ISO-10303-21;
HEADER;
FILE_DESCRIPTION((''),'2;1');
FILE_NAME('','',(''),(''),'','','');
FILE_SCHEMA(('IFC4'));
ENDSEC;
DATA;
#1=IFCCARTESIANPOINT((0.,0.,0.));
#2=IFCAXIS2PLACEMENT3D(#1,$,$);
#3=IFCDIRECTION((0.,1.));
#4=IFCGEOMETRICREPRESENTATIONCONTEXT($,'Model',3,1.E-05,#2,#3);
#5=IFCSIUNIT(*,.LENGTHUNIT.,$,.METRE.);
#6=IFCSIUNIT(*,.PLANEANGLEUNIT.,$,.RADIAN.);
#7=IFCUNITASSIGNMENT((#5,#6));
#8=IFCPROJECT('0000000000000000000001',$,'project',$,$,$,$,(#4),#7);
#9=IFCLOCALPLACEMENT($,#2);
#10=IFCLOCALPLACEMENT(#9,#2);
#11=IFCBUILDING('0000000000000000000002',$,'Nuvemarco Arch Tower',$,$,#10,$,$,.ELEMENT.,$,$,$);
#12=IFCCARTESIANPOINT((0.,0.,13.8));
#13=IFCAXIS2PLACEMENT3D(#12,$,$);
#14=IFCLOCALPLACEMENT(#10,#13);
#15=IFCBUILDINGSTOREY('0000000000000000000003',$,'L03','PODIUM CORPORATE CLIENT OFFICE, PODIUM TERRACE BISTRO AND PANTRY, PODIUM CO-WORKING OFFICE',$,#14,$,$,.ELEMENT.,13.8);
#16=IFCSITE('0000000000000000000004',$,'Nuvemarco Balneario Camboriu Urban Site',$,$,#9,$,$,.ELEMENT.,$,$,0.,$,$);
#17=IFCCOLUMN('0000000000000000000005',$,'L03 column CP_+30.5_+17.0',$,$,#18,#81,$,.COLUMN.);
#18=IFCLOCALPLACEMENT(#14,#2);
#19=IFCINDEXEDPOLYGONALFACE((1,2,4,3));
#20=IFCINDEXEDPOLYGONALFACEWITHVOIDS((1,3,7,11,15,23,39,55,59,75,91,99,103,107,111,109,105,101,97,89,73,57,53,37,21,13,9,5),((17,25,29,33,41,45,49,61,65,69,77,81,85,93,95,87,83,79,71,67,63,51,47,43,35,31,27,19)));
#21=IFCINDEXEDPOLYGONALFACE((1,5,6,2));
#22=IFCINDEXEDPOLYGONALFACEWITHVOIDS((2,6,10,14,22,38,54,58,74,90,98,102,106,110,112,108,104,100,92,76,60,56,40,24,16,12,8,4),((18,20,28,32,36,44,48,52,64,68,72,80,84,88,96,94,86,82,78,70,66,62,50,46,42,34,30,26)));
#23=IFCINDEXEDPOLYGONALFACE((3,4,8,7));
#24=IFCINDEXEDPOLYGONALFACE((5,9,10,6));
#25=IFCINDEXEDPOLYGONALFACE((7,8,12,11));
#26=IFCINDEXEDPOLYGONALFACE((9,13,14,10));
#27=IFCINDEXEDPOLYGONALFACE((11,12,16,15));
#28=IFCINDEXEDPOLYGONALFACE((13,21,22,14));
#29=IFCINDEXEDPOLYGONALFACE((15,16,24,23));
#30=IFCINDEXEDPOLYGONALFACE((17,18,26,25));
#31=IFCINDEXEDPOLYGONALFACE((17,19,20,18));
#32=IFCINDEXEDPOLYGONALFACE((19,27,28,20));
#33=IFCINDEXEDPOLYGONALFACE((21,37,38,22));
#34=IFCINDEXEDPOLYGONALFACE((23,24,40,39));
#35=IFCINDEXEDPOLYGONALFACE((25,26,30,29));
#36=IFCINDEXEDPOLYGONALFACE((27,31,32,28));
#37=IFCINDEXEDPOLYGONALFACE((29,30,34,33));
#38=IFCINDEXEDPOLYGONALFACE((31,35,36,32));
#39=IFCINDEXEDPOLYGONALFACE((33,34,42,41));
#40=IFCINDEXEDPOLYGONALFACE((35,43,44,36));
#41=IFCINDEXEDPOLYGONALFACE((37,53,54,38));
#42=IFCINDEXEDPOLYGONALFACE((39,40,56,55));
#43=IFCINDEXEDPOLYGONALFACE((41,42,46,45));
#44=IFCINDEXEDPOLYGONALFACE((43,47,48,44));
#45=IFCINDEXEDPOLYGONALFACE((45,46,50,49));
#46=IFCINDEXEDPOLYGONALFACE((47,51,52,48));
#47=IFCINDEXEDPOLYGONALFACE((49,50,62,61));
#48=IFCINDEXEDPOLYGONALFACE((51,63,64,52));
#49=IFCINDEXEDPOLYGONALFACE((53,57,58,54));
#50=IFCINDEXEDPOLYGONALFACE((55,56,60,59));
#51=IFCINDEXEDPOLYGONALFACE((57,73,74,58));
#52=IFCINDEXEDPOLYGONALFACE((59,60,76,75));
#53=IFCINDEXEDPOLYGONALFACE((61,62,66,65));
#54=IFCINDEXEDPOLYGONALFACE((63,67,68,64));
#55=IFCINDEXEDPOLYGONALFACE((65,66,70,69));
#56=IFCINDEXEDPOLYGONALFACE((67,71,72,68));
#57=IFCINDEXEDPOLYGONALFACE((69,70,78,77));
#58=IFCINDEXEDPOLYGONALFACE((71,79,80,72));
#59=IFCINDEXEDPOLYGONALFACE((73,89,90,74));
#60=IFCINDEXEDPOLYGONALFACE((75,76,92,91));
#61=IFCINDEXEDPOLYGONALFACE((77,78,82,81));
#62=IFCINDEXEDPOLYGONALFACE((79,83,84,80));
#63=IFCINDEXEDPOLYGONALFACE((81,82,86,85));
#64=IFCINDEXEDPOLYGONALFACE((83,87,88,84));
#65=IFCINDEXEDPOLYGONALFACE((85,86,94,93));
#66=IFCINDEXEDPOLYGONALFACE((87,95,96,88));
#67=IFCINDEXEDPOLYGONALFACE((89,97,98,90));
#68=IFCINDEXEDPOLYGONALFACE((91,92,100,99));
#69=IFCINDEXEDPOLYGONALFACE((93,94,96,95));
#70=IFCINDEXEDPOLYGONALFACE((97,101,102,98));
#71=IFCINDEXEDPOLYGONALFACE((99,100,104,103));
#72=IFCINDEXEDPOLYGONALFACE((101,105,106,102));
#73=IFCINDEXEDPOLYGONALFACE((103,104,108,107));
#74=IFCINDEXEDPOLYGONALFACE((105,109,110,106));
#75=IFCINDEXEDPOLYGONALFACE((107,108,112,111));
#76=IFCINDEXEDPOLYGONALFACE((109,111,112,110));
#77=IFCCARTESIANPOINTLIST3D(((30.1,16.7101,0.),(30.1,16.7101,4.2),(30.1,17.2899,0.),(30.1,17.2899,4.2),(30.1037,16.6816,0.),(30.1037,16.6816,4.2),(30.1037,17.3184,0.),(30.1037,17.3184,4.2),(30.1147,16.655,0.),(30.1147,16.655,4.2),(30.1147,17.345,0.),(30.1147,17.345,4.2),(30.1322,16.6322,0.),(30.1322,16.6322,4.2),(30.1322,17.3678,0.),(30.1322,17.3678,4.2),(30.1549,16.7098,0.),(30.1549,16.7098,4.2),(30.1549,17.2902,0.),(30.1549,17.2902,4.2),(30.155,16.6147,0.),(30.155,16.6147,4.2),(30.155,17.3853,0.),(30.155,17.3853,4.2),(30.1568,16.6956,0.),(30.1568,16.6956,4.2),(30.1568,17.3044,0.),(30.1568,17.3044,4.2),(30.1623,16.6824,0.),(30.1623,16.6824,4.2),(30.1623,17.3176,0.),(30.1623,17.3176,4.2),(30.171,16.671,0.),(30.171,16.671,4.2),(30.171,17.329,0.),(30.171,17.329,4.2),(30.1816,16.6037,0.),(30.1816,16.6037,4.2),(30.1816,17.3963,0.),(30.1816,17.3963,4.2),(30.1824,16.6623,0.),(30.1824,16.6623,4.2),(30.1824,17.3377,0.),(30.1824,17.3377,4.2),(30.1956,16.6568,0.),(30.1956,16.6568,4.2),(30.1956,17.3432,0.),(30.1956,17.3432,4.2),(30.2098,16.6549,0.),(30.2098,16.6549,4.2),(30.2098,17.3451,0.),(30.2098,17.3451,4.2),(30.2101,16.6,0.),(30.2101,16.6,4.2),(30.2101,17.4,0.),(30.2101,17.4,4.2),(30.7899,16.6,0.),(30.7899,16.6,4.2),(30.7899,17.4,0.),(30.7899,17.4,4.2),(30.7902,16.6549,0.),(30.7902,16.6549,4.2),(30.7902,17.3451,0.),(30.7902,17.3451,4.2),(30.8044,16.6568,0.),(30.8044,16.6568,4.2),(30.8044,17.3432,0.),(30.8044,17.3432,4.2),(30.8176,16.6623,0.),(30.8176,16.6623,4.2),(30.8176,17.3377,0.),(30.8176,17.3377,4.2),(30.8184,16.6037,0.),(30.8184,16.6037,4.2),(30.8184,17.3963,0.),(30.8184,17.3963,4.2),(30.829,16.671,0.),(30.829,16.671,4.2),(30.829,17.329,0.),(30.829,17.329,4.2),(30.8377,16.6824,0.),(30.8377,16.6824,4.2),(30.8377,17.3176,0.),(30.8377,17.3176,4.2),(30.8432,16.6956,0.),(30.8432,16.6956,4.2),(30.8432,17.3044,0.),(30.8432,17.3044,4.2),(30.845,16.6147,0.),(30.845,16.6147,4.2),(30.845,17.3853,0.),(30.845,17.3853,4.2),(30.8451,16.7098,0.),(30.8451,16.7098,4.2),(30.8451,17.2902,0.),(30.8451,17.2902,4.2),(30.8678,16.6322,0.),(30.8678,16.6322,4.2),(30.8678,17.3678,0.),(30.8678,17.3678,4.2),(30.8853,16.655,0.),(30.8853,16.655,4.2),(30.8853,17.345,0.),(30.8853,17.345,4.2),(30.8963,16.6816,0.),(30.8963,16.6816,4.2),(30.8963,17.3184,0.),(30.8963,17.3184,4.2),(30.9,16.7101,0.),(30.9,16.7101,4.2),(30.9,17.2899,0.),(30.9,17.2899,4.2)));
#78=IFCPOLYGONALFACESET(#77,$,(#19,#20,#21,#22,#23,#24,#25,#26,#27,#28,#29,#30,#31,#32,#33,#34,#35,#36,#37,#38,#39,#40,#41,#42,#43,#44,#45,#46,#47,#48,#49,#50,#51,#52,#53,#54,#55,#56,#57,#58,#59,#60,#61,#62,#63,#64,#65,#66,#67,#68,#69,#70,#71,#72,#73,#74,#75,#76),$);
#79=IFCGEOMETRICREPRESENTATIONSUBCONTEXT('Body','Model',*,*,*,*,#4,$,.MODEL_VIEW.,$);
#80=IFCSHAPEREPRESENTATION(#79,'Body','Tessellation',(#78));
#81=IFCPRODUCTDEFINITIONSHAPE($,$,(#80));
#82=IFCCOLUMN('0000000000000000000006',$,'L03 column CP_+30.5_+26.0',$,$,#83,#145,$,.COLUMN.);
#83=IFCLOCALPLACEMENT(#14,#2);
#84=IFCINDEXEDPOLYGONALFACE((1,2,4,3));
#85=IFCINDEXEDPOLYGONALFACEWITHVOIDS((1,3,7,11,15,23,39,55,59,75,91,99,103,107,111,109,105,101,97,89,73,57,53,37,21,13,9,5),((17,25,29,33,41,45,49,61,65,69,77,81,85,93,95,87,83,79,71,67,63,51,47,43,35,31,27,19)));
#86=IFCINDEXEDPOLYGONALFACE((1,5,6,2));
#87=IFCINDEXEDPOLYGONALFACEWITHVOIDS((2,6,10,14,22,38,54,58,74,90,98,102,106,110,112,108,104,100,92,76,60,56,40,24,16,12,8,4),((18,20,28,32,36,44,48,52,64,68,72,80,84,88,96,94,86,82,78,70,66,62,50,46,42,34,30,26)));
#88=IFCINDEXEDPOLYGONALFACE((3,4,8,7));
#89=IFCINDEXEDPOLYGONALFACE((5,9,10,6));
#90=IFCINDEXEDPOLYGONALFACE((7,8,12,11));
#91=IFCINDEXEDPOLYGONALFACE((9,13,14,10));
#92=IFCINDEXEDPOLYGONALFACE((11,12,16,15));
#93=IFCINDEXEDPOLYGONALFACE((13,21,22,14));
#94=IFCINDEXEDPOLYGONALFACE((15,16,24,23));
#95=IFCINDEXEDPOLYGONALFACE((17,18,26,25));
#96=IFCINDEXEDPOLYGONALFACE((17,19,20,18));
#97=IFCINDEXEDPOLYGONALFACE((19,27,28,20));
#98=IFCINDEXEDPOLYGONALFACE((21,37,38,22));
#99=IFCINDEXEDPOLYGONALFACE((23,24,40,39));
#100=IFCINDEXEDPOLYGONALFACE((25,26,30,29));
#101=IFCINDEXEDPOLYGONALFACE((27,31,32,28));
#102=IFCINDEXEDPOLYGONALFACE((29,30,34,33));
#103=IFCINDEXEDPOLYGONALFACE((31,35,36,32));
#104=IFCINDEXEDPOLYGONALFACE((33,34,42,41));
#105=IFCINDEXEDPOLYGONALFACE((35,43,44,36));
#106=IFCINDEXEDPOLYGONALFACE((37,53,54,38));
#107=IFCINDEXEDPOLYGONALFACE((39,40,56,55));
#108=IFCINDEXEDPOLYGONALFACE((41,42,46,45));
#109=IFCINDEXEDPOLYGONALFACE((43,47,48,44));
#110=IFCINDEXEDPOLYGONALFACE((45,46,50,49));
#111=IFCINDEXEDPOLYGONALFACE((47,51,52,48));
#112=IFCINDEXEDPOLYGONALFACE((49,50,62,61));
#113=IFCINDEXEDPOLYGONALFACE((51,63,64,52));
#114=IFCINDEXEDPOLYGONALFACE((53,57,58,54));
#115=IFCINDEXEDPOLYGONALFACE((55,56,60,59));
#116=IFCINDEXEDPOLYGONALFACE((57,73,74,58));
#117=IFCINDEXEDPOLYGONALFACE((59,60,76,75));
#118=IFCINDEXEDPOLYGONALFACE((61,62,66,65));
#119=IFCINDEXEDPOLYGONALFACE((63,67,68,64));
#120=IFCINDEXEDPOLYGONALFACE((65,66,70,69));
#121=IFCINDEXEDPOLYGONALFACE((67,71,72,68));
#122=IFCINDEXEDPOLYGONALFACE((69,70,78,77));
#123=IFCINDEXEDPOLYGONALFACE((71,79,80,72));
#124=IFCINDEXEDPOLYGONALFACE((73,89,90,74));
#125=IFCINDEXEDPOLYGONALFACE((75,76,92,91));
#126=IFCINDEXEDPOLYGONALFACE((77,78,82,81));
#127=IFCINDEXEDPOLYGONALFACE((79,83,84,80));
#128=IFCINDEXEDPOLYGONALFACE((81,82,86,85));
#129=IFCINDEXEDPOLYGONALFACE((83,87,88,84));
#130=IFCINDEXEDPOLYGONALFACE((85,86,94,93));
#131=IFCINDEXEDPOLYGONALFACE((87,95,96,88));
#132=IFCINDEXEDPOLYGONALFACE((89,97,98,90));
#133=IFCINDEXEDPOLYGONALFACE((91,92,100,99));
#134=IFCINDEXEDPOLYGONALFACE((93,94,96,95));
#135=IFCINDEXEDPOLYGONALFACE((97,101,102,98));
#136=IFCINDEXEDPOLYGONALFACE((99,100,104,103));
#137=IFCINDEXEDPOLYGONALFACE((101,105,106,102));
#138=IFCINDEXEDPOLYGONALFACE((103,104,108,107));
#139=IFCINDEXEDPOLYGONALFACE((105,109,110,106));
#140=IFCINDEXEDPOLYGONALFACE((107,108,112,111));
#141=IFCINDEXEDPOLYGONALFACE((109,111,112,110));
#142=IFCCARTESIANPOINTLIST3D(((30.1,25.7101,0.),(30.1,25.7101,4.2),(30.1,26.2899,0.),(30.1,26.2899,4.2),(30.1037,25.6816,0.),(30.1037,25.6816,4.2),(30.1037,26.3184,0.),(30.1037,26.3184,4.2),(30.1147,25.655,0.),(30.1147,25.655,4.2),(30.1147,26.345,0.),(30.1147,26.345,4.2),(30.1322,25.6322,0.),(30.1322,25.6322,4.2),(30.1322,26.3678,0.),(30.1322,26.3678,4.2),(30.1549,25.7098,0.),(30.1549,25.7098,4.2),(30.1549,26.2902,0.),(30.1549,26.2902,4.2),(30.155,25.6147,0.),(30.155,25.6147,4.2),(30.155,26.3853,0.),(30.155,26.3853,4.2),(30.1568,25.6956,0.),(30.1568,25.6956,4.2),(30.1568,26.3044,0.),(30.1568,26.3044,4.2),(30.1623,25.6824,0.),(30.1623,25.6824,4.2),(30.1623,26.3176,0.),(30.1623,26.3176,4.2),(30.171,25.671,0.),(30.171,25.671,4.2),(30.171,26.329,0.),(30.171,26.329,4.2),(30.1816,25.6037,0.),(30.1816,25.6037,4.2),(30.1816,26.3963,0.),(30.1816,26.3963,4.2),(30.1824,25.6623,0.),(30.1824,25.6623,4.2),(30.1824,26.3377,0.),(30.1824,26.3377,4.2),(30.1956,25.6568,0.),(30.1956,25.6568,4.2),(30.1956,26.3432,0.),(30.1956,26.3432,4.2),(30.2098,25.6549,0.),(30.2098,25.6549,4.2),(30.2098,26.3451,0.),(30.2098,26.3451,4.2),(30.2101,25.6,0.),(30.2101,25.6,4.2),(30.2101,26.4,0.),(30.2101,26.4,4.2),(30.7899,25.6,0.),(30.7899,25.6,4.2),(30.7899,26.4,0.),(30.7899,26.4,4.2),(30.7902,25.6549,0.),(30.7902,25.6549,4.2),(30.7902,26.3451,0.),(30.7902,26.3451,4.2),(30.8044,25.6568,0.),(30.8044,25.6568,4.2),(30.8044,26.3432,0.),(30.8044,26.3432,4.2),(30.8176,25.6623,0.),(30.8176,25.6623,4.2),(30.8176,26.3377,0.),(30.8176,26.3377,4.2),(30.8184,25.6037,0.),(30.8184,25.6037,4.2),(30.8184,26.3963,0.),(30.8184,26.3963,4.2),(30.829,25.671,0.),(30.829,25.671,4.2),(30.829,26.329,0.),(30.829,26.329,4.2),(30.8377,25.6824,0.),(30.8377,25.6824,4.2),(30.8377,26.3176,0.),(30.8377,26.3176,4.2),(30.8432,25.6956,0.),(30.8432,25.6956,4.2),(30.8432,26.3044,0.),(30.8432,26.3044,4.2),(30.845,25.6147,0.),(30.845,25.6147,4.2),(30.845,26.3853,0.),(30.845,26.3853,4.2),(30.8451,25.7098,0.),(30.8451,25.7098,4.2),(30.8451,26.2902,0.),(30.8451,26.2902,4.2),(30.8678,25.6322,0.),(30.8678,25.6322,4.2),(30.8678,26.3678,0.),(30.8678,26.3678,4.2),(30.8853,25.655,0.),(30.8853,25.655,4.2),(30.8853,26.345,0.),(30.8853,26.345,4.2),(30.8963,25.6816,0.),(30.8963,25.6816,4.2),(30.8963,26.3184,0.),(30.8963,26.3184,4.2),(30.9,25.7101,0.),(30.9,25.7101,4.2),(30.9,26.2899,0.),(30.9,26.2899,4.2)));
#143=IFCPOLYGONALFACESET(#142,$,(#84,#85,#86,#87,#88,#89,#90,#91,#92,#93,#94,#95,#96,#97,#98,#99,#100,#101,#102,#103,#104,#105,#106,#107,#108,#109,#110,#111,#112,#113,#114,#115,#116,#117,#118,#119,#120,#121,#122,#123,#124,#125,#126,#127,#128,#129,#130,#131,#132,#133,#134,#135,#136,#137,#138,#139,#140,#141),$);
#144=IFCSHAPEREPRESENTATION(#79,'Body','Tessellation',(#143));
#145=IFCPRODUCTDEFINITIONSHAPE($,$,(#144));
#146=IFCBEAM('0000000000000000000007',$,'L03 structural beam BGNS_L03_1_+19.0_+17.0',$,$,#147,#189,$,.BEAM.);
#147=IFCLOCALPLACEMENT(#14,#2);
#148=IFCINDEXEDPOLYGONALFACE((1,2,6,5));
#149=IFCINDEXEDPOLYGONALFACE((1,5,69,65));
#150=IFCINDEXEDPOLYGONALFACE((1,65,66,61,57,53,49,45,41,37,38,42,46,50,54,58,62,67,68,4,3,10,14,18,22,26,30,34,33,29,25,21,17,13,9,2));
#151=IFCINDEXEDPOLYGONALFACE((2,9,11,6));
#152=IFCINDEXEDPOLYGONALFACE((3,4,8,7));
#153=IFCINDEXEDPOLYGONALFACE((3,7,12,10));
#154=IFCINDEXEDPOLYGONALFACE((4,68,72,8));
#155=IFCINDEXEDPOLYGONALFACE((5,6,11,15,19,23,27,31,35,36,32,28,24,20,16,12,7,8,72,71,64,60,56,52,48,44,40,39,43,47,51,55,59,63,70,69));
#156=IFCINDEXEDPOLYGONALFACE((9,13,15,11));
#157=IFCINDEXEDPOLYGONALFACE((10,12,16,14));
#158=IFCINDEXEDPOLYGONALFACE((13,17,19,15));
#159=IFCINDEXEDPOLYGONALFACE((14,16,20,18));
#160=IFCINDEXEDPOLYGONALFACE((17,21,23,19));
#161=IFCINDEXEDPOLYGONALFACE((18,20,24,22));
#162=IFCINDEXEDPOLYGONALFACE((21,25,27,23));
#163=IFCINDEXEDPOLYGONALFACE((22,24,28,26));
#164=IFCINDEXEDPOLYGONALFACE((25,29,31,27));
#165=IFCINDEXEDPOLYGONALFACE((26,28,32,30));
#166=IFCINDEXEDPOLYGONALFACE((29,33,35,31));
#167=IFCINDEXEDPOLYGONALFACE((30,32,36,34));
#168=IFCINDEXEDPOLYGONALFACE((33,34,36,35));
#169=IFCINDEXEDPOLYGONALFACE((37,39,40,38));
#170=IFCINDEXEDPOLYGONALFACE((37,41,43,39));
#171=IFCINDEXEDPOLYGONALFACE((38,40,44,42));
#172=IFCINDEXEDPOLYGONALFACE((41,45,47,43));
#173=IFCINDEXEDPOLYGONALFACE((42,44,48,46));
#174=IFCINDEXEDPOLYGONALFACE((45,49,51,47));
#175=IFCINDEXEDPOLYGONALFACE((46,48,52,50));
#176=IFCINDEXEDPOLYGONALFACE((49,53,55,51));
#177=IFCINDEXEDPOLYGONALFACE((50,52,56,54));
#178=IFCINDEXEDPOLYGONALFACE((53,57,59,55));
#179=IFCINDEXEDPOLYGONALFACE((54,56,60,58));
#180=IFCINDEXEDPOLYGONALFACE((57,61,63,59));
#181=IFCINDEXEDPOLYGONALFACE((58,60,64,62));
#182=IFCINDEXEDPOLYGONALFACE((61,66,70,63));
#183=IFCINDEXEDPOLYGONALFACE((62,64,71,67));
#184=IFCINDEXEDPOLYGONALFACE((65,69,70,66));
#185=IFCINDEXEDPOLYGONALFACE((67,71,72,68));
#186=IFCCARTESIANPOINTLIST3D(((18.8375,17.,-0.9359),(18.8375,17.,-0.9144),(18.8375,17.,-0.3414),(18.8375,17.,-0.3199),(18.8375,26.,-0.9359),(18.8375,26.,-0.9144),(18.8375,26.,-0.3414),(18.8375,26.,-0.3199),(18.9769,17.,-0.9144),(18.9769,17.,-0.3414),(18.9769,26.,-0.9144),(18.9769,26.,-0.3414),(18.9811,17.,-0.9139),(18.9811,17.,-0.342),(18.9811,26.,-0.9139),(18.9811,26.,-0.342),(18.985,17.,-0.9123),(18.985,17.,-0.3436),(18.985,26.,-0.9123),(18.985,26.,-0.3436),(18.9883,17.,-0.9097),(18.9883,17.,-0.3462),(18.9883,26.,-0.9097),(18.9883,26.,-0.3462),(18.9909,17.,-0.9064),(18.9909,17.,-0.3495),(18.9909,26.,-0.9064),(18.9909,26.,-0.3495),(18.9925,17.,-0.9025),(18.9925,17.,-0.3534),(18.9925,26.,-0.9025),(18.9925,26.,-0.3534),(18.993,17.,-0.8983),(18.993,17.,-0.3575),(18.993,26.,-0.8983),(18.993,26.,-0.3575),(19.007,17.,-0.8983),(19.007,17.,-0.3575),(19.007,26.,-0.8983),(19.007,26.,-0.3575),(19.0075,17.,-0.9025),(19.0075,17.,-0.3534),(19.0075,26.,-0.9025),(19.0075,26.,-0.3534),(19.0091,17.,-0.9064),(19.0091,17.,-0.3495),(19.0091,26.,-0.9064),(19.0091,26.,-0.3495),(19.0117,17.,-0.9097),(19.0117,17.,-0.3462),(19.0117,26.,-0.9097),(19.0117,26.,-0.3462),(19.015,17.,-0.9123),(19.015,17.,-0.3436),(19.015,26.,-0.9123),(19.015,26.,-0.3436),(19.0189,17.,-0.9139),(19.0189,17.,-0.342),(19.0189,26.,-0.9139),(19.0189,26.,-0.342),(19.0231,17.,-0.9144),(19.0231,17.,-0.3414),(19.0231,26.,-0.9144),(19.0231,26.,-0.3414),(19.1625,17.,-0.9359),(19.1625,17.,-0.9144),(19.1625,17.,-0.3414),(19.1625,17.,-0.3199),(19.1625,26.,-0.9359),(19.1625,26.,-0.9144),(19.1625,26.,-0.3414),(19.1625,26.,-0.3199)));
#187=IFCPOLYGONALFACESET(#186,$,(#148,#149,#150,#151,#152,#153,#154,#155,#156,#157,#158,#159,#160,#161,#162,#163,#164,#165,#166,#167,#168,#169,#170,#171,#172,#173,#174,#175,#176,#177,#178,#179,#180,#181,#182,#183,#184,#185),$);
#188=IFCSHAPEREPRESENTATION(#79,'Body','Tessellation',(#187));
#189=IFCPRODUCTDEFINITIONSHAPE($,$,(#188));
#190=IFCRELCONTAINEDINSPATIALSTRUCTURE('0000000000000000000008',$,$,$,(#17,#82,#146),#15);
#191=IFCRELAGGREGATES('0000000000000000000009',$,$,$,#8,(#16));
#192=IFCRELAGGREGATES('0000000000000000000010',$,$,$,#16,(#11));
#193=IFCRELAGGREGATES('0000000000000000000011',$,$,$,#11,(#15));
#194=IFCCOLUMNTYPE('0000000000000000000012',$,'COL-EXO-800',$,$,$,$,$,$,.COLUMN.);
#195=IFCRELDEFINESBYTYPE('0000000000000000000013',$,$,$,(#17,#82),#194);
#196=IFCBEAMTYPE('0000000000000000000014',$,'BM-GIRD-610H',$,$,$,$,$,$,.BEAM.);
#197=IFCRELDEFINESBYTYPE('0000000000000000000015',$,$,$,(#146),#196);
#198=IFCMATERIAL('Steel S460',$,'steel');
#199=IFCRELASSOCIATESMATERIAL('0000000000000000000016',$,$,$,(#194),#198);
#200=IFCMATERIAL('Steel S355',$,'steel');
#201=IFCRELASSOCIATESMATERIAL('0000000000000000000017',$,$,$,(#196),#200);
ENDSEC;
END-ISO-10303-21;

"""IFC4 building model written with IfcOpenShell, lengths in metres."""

from ifc_helpers import new_model, si_unit, direction, frame, origin, origin_2d, place, context, subcontext, project, spatial, hollow_rectangle, i_section, extrude, material, material_profile, profile_set, type_object, element, save


model = new_model("IFC4")

# Units and contexts
model_context = context("Model", 3, precision=1e-05, world=origin(), true_north=direction((0.0, 1.0)))
body_context = subcontext(model_context, "Body", "Model", "MODEL_VIEW")
ifc_project = project(units=[si_unit("LENGTHUNIT", "METRE"), si_unit("PLANEANGLEUNIT", "RADIAN")], contexts=[model_context])

# Site, building, storey
site_placement = place(None, origin())
site = spatial("IfcSite", under=ifc_project, at=site_placement, Name="Nuvemarco Balneario Camboriu Urban Site", CompositionType="ELEMENT", RefElevation=0.0)
building_placement = place(site_placement, origin())
building = spatial("IfcBuilding", under=site, at=building_placement, Name="Nuvemarco Arch Tower", CompositionType="ELEMENT")
storey_placement = place(building_placement, frame((0.0, 0.0, 13.8)))
storey = spatial("IfcBuildingStorey", under=building, at=storey_placement, Name="L03", Description="PODIUM CORPORATE CLIENT OFFICE, PODIUM TERRACE BISTRO AND PANTRY, PODIUM CO-WORKING OFFICE", CompositionType="ELEMENT", Elevation=13.8)

# Columns
ifc_material_1 = material(Name="Steel S460", Category="steel")
ifc_material_profile_1 = material_profile(ifc_material_1, hollow_rectangle(XDim=0.8, YDim=0.8, WallThickness=0.0549, InnerFilletRadius=0.0549, OuterFilletRadius=0.1101, at=origin_2d()), Name="SHS800x800x55")
ifc_profile_set_1 = profile_set([ifc_material_profile_1], Name="Steel S460")
column_type_1 = type_object("IfcColumnType", Name="COL-EXO-800", PredefinedType="COLUMN", material=ifc_profile_set_1)
for number, where, z_axis, x_axis, name in (
    (1, (30.5, 17.0, 0.0), (0.0, 0.0, 1.0), (1.0, 0.0, 0.0), "L03 column CP_+30.5_+17.0"),
    (2, (30.5, 26.0, 0.0), (0.0, 0.0, 1.0), (1.0, 0.0, 0.0), "L03 column CP_+30.5_+26.0"),
):
    element("IfcColumn", number, at=place(storey_placement, frame(where, z_axis=z_axis, x_axis=x_axis)), inside=storey, type_object=column_type_1, Name=name, PredefinedType="COLUMN", context=body_context, shape_type="SweptSolid", body=[
        extrude(hollow_rectangle(XDim=0.8, YDim=0.8, WallThickness=0.0549, InnerFilletRadius=0.0549, OuterFilletRadius=0.1101, at=origin_2d()), origin(), (0.0, 0.0, 1.0), 4.2),
    ])

# Beam
ifc_material_2 = material(Name="Steel S355", Category="steel")
ifc_material_profile_2 = material_profile(ifc_material_2, i_section(OverallWidth=0.325, OverallDepth=0.616, WebThickness=0.0139, FlangeThickness=0.0215, FilletRadius=0.0161, at=origin_2d()), Name="W610x174")
ifc_profile_set_2 = profile_set([ifc_material_profile_2], Name="Steel S355")
beam_type_1 = type_object("IfcBeamType", Name="BM-GIRD-610H", PredefinedType="BEAM", material=ifc_profile_set_2)
beam_1_placement = place(storey_placement, frame((19.0, 17.0, -0.6279), z_axis=(0.0, 1.0, 0.0), x_axis=(-1.0, 0.0, 0.0)))
element("IfcBeam", 3, at=beam_1_placement, inside=storey, type_object=beam_type_1, Name="L03 structural beam BGNS_L03_1_+19.0_+17.0", PredefinedType="BEAM", context=body_context, shape_type="SweptSolid", body=[
    extrude(i_section(OverallWidth=0.325, OverallDepth=0.616, WebThickness=0.0139, FlangeThickness=0.0215, FilletRadius=0.0161, at=origin_2d()), origin(), (0.0, 0.0, 1.0), 9.0),
])

save(model, "model.ifc")
